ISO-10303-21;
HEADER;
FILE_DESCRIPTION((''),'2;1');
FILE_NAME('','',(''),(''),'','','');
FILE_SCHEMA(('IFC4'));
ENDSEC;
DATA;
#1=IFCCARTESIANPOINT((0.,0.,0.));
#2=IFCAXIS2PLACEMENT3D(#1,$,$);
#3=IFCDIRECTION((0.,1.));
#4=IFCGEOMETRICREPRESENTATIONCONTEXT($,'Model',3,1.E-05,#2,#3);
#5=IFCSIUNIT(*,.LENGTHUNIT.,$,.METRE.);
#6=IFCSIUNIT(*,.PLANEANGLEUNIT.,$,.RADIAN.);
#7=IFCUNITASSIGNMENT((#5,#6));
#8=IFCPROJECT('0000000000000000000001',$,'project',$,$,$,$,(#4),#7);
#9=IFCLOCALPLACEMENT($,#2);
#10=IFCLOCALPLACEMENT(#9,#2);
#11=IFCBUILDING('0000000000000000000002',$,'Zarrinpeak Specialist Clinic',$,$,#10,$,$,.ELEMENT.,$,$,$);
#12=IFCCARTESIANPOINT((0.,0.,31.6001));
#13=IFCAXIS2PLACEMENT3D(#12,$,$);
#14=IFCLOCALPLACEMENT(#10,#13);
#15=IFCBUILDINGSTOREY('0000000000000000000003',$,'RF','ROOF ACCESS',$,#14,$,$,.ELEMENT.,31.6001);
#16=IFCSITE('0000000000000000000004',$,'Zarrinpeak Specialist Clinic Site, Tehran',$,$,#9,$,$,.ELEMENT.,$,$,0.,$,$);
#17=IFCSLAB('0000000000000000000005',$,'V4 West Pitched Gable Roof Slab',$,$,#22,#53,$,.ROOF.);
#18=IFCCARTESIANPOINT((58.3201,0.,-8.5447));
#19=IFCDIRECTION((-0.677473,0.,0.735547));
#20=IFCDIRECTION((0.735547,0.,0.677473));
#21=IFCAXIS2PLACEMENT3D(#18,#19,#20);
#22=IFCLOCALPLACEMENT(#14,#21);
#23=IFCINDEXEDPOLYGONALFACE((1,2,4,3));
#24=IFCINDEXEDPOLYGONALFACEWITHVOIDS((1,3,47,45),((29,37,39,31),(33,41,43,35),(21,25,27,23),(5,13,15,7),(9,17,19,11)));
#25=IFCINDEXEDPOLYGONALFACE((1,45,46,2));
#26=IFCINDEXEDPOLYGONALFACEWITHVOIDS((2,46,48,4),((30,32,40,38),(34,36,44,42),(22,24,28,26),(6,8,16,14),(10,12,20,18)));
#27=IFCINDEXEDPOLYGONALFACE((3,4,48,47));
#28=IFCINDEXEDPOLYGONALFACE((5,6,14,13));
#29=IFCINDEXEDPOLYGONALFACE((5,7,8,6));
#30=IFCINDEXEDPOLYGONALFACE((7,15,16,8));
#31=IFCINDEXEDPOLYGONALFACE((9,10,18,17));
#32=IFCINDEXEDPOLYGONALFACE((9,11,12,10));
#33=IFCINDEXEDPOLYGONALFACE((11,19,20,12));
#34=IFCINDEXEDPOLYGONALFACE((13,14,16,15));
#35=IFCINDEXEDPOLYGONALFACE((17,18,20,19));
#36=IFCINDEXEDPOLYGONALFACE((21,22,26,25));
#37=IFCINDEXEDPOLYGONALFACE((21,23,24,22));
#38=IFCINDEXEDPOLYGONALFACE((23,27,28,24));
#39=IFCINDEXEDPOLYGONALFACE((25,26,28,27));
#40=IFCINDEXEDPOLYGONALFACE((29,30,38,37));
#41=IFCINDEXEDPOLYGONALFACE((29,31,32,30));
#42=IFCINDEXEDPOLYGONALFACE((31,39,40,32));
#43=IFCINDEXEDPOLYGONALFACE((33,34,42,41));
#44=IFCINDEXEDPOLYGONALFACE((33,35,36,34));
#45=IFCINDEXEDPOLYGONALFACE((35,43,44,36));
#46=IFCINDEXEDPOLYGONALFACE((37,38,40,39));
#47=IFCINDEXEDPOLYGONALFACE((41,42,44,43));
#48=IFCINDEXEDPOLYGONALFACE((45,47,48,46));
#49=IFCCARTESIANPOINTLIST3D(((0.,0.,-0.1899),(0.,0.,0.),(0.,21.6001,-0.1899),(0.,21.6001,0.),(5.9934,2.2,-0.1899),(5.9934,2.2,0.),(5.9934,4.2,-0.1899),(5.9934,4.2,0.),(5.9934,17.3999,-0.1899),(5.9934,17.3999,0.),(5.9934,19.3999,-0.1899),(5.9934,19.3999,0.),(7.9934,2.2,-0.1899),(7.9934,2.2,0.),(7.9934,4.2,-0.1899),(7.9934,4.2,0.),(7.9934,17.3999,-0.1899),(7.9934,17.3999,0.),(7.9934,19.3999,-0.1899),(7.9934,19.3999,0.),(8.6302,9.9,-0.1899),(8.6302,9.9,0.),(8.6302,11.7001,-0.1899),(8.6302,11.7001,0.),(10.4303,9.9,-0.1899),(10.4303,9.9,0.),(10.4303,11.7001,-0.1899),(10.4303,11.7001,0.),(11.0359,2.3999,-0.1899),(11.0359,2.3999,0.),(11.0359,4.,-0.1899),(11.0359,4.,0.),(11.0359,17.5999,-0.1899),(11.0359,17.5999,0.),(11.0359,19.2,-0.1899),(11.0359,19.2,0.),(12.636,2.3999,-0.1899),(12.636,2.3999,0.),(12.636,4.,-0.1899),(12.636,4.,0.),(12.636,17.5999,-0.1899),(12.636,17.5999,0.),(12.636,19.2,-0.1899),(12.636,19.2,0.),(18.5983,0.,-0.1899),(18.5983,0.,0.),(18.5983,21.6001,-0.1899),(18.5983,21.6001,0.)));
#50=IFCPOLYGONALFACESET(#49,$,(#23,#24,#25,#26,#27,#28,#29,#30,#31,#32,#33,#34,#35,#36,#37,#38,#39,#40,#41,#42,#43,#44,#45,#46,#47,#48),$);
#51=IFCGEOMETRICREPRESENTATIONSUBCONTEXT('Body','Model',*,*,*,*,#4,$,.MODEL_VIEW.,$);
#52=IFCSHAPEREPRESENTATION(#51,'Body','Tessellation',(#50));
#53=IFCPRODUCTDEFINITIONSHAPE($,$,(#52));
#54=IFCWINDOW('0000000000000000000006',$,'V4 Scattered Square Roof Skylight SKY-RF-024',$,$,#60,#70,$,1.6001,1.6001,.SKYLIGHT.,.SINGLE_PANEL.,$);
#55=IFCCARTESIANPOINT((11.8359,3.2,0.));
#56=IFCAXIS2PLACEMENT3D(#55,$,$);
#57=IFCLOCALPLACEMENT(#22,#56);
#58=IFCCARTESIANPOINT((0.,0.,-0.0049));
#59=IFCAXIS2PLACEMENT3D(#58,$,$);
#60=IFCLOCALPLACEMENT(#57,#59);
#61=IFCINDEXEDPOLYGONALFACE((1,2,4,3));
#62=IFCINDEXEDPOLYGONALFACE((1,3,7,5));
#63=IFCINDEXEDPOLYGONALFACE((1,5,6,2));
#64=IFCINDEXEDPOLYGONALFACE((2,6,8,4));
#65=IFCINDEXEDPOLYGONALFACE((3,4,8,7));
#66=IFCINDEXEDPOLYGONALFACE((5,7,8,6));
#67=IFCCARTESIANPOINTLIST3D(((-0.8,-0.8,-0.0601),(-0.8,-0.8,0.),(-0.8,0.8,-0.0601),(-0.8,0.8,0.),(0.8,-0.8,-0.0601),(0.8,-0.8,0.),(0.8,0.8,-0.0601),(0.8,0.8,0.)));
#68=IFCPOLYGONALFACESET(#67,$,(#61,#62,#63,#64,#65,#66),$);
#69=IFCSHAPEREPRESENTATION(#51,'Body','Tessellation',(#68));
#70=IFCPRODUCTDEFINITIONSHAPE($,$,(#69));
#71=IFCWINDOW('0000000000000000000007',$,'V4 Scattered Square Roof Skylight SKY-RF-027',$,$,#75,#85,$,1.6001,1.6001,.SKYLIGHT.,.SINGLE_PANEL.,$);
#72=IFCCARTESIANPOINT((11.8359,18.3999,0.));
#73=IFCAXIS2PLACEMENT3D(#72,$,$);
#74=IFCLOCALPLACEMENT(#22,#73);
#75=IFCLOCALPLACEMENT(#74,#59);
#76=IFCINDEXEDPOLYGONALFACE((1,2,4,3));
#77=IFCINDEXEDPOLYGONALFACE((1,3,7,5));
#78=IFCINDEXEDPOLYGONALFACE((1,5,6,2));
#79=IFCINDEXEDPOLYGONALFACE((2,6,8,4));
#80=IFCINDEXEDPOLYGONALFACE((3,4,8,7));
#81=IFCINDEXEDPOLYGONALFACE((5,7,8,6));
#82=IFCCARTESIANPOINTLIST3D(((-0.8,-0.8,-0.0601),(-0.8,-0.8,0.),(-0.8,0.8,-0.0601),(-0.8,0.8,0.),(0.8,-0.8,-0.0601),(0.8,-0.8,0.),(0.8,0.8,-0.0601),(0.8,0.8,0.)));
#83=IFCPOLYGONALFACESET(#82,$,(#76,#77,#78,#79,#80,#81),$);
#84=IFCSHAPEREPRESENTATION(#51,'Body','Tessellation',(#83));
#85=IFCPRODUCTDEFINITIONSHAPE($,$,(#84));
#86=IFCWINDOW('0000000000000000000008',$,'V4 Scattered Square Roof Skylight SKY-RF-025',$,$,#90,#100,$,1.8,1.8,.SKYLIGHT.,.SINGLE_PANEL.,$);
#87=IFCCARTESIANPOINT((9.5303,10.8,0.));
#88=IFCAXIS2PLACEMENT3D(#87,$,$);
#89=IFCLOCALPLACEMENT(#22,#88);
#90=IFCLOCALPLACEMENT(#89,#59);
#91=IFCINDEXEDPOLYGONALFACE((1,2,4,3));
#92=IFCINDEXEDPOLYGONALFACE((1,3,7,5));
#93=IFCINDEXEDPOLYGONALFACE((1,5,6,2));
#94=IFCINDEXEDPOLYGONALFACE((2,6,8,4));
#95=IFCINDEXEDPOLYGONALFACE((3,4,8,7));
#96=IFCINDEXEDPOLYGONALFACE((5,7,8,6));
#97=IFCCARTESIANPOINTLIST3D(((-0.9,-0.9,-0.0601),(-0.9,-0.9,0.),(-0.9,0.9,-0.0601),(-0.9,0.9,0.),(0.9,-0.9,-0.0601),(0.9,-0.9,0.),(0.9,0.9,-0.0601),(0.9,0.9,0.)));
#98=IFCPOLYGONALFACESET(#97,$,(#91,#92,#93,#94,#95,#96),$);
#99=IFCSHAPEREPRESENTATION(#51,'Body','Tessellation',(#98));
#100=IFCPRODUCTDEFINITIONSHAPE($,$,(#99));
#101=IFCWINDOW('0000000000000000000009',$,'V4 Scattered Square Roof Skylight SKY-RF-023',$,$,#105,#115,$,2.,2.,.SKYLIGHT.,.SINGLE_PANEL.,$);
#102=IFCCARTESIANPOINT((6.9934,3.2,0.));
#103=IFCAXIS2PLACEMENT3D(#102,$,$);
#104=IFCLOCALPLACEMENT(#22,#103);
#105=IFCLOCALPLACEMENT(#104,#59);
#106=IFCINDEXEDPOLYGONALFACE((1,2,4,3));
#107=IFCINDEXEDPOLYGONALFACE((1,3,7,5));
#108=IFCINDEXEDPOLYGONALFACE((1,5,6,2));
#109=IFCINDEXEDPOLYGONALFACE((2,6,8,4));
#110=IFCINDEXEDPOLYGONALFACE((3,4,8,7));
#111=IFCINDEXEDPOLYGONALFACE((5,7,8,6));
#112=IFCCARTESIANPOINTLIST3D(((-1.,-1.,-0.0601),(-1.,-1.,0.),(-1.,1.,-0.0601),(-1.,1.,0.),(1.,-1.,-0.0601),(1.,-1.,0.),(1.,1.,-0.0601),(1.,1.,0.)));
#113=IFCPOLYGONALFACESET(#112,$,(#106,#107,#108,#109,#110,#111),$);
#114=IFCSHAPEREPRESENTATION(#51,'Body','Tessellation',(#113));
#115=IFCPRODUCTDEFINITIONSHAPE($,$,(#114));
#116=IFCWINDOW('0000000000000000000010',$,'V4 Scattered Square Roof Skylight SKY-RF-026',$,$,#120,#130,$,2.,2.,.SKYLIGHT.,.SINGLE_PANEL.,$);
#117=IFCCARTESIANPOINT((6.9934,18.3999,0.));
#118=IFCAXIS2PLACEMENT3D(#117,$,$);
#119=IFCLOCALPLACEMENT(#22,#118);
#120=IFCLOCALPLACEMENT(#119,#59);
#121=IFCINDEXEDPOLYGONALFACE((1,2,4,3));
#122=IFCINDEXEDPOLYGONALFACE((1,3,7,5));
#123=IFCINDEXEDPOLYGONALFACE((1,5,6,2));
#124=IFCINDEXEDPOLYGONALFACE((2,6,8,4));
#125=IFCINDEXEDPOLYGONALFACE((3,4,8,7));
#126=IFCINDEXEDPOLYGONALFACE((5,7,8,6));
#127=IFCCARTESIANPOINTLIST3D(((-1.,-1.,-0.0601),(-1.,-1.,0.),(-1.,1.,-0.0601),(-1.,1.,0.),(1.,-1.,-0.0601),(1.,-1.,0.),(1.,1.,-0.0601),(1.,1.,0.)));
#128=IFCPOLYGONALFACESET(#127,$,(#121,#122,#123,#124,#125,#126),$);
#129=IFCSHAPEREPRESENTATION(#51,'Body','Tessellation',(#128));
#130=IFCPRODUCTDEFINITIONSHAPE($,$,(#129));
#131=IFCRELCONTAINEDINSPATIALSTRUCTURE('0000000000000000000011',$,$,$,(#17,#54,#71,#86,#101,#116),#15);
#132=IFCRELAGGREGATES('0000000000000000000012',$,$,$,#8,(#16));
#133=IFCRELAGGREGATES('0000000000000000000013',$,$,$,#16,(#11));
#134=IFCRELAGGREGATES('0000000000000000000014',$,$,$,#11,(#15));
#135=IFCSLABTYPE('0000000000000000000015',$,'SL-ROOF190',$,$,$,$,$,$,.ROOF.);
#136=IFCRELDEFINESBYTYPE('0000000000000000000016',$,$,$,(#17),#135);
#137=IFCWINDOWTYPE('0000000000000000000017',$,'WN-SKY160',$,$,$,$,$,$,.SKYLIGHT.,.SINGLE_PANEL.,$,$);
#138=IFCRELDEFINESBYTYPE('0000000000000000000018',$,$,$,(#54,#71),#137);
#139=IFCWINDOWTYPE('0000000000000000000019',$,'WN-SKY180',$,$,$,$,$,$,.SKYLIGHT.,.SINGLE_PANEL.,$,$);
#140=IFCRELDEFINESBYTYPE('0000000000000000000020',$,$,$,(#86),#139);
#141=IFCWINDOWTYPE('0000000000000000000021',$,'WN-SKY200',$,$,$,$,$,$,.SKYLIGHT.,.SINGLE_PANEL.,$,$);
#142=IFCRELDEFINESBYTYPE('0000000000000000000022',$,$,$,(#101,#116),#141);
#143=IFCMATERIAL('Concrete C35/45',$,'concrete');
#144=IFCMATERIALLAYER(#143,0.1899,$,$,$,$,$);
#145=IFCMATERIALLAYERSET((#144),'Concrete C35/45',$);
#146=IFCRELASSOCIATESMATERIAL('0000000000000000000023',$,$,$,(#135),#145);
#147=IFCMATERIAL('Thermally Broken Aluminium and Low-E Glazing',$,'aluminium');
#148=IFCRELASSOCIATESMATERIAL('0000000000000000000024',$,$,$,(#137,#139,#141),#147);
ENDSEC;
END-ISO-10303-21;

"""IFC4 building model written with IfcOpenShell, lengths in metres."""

from ifc_helpers import new_model, si_unit, direction, frame, origin, origin_2d, place, context, subcontext, project, spatial, polyline, rectangle, outline, extrude, material, layer, layer_set, type_object, element, fill, save


model = new_model("IFC4")

# Units and contexts
model_context = context("Model", 3, precision=1e-05, world=origin(), true_north=direction((0.0, 1.0)))
body_context = subcontext(model_context, "Body", "Model", "MODEL_VIEW")
ifc_project = project(units=[si_unit("LENGTHUNIT", "METRE"), si_unit("PLANEANGLEUNIT", "RADIAN")], contexts=[model_context])

# Site, building, storey
site_placement = place(None, origin())
site = spatial("IfcSite", under=ifc_project, at=site_placement, Name="Zarrinpeak Specialist Clinic Site, Tehran", CompositionType="ELEMENT", RefElevation=0.0)
building_placement = place(site_placement, origin())
building = spatial("IfcBuilding", under=site, at=building_placement, Name="Zarrinpeak Specialist Clinic", CompositionType="ELEMENT")
storey_placement = place(building_placement, frame((0.0, 0.0, 31.6001)))
storey = spatial("IfcBuildingStorey", under=building, at=storey_placement, Name="RF", Description="ROOF ACCESS", CompositionType="ELEMENT", Elevation=31.6001)

# Slab, openings, windows
ifc_material_1 = material(Name="Concrete C35/45", Category="concrete")
ifc_layer_1 = layer(ifc_material_1, 0.1899)
ifc_layer_set_1 = layer_set([ifc_layer_1], Name="Concrete C35/45")
slab_type = type_object("IfcSlabType", Name="SL-ROOF190", PredefinedType="ROOF", material=ifc_layer_set_1)
slab_placement = place(storey_placement, frame((58.3201, 0.0, -8.5447), z_axis=(-0.677473, 0.0, 0.735547), x_axis=(0.735547, 0.0, 0.677473)))
slab = element("IfcSlab", 1, at=slab_placement, inside=storey, type_object=slab_type, Name="V4 West Pitched Gable Roof Slab", PredefinedType="ROOF", context=body_context, shape_type="SweptSolid", body=[
    extrude(outline(polyline([(0.0, 0.0), (18.5983, 0.0), (18.5983, 21.6001), (0.0, 21.6001), (0.0, 0.0)])), origin(), (0.0, 0.0, -1.0), 0.1899),
])
opening_1_placement = place(slab_placement, frame((6.9934, 3.2, 0.0)))
opening_1 = element("IfcOpeningElement", 2, at=opening_1_placement, cuts=slab, PredefinedType="OPENING", context=body_context, shape_type="SweptSolid", body=[
    extrude(rectangle(XDim=2.0, YDim=2.0, at=origin_2d()), frame((0.0, 0.0, 0.01), z_axis=(0.0, 0.0, 1.0), x_axis=(1.0, 0.0, 0.0)), (0.0, 0.0, -1.0), 0.21),
])
opening_2_placement = place(slab_placement, frame((11.8359, 3.2, 0.0)))
opening_2 = element("IfcOpeningElement", 3, at=opening_2_placement, cuts=slab, PredefinedType="OPENING", context=body_context, shape_type="SweptSolid", body=[
    extrude(rectangle(XDim=1.6001, YDim=1.6001, at=origin_2d()), frame((0.0, 0.0, 0.01), z_axis=(0.0, 0.0, 1.0), x_axis=(1.0, 0.0, 0.0)), (0.0, 0.0, -1.0), 0.21),
])
opening_3_placement = place(slab_placement, frame((9.5303, 10.8, 0.0)))
opening_3 = element("IfcOpeningElement", 4, at=opening_3_placement, cuts=slab, PredefinedType="OPENING", context=body_context, shape_type="SweptSolid", body=[
    extrude(rectangle(XDim=1.8, YDim=1.8, at=origin_2d()), frame((0.0, 0.0, 0.01), z_axis=(0.0, 0.0, 1.0), x_axis=(1.0, 0.0, 0.0)), (0.0, 0.0, -1.0), 0.21),
])
opening_4_placement = place(slab_placement, frame((6.9934, 18.3999, 0.0)))
opening_4 = element("IfcOpeningElement", 5, at=opening_4_placement, cuts=slab, PredefinedType="OPENING", context=body_context, shape_type="SweptSolid", body=[
    extrude(rectangle(XDim=2.0, YDim=2.0, at=origin_2d()), frame((0.0, 0.0, 0.01), z_axis=(0.0, 0.0, 1.0), x_axis=(1.0, 0.0, 0.0)), (0.0, 0.0, -1.0), 0.21),
])
opening_5_placement = place(slab_placement, frame((11.8359, 18.3999, 0.0)))
opening_5 = element("IfcOpeningElement", 6, at=opening_5_placement, cuts=slab, PredefinedType="OPENING", context=body_context, shape_type="SweptSolid", body=[
    extrude(rectangle(XDim=1.6001, YDim=1.6001, at=origin_2d()), frame((0.0, 0.0, 0.01), z_axis=(0.0, 0.0, 1.0), x_axis=(1.0, 0.0, 0.0)), (0.0, 0.0, -1.0), 0.21),
])
ifc_material_2 = material(Name="Thermally Broken Aluminium and Low-E Glazing", Category="aluminium")
window_type_1 = type_object("IfcWindowType", Name="WN-SKY160", PartitioningType="SINGLE_PANEL", PredefinedType="SKYLIGHT", material=ifc_material_2)
window_1_placement = place(opening_2_placement, frame((0.0, 0.0, -0.0049)))
window_1 = element("IfcWindow", 7, at=window_1_placement, inside=storey, type_object=window_type_1, Name="V4 Scattered Square Roof Skylight SKY-RF-024", OverallHeight=1.6001, OverallWidth=1.6001, PartitioningType="SINGLE_PANEL", PredefinedType="SKYLIGHT", context=body_context, shape_type="SweptSolid", body=[
    extrude(rectangle(XDim=1.6001, YDim=1.6001, at=origin_2d()), origin(), (0.0, 0.0, -1.0), 0.0601),
])
fill(opening_2, window_1)
window_2_placement = place(opening_5_placement, frame((0.0, 0.0, -0.0049)))
window_2 = element("IfcWindow", 8, at=window_2_placement, inside=storey, type_object=window_type_1, Name="V4 Scattered Square Roof Skylight SKY-RF-027", OverallHeight=1.6001, OverallWidth=1.6001, PartitioningType="SINGLE_PANEL", PredefinedType="SKYLIGHT", context=body_context, shape_type="SweptSolid", body=[
    extrude(rectangle(XDim=1.6001, YDim=1.6001, at=origin_2d()), origin(), (0.0, 0.0, -1.0), 0.0601),
])
fill(opening_5, window_2)
window_type_2 = type_object("IfcWindowType", Name="WN-SKY180", PartitioningType="SINGLE_PANEL", PredefinedType="SKYLIGHT", material=ifc_material_2)
window_3_placement = place(opening_3_placement, frame((0.0, 0.0, -0.0049)))
window_3 = element("IfcWindow", 9, at=window_3_placement, inside=storey, type_object=window_type_2, Name="V4 Scattered Square Roof Skylight SKY-RF-025", OverallHeight=1.8, OverallWidth=1.8, PartitioningType="SINGLE_PANEL", PredefinedType="SKYLIGHT", context=body_context, shape_type="SweptSolid", body=[
    extrude(rectangle(XDim=1.8, YDim=1.8, at=origin_2d()), origin(), (0.0, 0.0, -1.0), 0.0601),
])
fill(opening_3, window_3)
window_type_3 = type_object("IfcWindowType", Name="WN-SKY200", PartitioningType="SINGLE_PANEL", PredefinedType="SKYLIGHT", material=ifc_material_2)
window_4_placement = place(opening_1_placement, frame((0.0, 0.0, -0.0049)))
window_4 = element("IfcWindow", 10, at=window_4_placement, inside=storey, type_object=window_type_3, Name="V4 Scattered Square Roof Skylight SKY-RF-023", OverallHeight=2.0, OverallWidth=2.0, PartitioningType="SINGLE_PANEL", PredefinedType="SKYLIGHT", context=body_context, shape_type="SweptSolid", body=[
    extrude(rectangle(XDim=2.0, YDim=2.0, at=origin_2d()), origin(), (0.0, 0.0, -1.0), 0.0601),
])
fill(opening_1, window_4)
window_5_placement = place(opening_4_placement, frame((0.0, 0.0, -0.0049)))
window_5 = element("IfcWindow", 11, at=window_5_placement, inside=storey, type_object=window_type_3, Name="V4 Scattered Square Roof Skylight SKY-RF-026", OverallHeight=2.0, OverallWidth=2.0, PartitioningType="SINGLE_PANEL", PredefinedType="SKYLIGHT", context=body_context, shape_type="SweptSolid", body=[
    extrude(rectangle(XDim=2.0, YDim=2.0, at=origin_2d()), origin(), (0.0, 0.0, -1.0), 0.0601),
])
fill(opening_4, window_5)

save(model, "model.ifc")
